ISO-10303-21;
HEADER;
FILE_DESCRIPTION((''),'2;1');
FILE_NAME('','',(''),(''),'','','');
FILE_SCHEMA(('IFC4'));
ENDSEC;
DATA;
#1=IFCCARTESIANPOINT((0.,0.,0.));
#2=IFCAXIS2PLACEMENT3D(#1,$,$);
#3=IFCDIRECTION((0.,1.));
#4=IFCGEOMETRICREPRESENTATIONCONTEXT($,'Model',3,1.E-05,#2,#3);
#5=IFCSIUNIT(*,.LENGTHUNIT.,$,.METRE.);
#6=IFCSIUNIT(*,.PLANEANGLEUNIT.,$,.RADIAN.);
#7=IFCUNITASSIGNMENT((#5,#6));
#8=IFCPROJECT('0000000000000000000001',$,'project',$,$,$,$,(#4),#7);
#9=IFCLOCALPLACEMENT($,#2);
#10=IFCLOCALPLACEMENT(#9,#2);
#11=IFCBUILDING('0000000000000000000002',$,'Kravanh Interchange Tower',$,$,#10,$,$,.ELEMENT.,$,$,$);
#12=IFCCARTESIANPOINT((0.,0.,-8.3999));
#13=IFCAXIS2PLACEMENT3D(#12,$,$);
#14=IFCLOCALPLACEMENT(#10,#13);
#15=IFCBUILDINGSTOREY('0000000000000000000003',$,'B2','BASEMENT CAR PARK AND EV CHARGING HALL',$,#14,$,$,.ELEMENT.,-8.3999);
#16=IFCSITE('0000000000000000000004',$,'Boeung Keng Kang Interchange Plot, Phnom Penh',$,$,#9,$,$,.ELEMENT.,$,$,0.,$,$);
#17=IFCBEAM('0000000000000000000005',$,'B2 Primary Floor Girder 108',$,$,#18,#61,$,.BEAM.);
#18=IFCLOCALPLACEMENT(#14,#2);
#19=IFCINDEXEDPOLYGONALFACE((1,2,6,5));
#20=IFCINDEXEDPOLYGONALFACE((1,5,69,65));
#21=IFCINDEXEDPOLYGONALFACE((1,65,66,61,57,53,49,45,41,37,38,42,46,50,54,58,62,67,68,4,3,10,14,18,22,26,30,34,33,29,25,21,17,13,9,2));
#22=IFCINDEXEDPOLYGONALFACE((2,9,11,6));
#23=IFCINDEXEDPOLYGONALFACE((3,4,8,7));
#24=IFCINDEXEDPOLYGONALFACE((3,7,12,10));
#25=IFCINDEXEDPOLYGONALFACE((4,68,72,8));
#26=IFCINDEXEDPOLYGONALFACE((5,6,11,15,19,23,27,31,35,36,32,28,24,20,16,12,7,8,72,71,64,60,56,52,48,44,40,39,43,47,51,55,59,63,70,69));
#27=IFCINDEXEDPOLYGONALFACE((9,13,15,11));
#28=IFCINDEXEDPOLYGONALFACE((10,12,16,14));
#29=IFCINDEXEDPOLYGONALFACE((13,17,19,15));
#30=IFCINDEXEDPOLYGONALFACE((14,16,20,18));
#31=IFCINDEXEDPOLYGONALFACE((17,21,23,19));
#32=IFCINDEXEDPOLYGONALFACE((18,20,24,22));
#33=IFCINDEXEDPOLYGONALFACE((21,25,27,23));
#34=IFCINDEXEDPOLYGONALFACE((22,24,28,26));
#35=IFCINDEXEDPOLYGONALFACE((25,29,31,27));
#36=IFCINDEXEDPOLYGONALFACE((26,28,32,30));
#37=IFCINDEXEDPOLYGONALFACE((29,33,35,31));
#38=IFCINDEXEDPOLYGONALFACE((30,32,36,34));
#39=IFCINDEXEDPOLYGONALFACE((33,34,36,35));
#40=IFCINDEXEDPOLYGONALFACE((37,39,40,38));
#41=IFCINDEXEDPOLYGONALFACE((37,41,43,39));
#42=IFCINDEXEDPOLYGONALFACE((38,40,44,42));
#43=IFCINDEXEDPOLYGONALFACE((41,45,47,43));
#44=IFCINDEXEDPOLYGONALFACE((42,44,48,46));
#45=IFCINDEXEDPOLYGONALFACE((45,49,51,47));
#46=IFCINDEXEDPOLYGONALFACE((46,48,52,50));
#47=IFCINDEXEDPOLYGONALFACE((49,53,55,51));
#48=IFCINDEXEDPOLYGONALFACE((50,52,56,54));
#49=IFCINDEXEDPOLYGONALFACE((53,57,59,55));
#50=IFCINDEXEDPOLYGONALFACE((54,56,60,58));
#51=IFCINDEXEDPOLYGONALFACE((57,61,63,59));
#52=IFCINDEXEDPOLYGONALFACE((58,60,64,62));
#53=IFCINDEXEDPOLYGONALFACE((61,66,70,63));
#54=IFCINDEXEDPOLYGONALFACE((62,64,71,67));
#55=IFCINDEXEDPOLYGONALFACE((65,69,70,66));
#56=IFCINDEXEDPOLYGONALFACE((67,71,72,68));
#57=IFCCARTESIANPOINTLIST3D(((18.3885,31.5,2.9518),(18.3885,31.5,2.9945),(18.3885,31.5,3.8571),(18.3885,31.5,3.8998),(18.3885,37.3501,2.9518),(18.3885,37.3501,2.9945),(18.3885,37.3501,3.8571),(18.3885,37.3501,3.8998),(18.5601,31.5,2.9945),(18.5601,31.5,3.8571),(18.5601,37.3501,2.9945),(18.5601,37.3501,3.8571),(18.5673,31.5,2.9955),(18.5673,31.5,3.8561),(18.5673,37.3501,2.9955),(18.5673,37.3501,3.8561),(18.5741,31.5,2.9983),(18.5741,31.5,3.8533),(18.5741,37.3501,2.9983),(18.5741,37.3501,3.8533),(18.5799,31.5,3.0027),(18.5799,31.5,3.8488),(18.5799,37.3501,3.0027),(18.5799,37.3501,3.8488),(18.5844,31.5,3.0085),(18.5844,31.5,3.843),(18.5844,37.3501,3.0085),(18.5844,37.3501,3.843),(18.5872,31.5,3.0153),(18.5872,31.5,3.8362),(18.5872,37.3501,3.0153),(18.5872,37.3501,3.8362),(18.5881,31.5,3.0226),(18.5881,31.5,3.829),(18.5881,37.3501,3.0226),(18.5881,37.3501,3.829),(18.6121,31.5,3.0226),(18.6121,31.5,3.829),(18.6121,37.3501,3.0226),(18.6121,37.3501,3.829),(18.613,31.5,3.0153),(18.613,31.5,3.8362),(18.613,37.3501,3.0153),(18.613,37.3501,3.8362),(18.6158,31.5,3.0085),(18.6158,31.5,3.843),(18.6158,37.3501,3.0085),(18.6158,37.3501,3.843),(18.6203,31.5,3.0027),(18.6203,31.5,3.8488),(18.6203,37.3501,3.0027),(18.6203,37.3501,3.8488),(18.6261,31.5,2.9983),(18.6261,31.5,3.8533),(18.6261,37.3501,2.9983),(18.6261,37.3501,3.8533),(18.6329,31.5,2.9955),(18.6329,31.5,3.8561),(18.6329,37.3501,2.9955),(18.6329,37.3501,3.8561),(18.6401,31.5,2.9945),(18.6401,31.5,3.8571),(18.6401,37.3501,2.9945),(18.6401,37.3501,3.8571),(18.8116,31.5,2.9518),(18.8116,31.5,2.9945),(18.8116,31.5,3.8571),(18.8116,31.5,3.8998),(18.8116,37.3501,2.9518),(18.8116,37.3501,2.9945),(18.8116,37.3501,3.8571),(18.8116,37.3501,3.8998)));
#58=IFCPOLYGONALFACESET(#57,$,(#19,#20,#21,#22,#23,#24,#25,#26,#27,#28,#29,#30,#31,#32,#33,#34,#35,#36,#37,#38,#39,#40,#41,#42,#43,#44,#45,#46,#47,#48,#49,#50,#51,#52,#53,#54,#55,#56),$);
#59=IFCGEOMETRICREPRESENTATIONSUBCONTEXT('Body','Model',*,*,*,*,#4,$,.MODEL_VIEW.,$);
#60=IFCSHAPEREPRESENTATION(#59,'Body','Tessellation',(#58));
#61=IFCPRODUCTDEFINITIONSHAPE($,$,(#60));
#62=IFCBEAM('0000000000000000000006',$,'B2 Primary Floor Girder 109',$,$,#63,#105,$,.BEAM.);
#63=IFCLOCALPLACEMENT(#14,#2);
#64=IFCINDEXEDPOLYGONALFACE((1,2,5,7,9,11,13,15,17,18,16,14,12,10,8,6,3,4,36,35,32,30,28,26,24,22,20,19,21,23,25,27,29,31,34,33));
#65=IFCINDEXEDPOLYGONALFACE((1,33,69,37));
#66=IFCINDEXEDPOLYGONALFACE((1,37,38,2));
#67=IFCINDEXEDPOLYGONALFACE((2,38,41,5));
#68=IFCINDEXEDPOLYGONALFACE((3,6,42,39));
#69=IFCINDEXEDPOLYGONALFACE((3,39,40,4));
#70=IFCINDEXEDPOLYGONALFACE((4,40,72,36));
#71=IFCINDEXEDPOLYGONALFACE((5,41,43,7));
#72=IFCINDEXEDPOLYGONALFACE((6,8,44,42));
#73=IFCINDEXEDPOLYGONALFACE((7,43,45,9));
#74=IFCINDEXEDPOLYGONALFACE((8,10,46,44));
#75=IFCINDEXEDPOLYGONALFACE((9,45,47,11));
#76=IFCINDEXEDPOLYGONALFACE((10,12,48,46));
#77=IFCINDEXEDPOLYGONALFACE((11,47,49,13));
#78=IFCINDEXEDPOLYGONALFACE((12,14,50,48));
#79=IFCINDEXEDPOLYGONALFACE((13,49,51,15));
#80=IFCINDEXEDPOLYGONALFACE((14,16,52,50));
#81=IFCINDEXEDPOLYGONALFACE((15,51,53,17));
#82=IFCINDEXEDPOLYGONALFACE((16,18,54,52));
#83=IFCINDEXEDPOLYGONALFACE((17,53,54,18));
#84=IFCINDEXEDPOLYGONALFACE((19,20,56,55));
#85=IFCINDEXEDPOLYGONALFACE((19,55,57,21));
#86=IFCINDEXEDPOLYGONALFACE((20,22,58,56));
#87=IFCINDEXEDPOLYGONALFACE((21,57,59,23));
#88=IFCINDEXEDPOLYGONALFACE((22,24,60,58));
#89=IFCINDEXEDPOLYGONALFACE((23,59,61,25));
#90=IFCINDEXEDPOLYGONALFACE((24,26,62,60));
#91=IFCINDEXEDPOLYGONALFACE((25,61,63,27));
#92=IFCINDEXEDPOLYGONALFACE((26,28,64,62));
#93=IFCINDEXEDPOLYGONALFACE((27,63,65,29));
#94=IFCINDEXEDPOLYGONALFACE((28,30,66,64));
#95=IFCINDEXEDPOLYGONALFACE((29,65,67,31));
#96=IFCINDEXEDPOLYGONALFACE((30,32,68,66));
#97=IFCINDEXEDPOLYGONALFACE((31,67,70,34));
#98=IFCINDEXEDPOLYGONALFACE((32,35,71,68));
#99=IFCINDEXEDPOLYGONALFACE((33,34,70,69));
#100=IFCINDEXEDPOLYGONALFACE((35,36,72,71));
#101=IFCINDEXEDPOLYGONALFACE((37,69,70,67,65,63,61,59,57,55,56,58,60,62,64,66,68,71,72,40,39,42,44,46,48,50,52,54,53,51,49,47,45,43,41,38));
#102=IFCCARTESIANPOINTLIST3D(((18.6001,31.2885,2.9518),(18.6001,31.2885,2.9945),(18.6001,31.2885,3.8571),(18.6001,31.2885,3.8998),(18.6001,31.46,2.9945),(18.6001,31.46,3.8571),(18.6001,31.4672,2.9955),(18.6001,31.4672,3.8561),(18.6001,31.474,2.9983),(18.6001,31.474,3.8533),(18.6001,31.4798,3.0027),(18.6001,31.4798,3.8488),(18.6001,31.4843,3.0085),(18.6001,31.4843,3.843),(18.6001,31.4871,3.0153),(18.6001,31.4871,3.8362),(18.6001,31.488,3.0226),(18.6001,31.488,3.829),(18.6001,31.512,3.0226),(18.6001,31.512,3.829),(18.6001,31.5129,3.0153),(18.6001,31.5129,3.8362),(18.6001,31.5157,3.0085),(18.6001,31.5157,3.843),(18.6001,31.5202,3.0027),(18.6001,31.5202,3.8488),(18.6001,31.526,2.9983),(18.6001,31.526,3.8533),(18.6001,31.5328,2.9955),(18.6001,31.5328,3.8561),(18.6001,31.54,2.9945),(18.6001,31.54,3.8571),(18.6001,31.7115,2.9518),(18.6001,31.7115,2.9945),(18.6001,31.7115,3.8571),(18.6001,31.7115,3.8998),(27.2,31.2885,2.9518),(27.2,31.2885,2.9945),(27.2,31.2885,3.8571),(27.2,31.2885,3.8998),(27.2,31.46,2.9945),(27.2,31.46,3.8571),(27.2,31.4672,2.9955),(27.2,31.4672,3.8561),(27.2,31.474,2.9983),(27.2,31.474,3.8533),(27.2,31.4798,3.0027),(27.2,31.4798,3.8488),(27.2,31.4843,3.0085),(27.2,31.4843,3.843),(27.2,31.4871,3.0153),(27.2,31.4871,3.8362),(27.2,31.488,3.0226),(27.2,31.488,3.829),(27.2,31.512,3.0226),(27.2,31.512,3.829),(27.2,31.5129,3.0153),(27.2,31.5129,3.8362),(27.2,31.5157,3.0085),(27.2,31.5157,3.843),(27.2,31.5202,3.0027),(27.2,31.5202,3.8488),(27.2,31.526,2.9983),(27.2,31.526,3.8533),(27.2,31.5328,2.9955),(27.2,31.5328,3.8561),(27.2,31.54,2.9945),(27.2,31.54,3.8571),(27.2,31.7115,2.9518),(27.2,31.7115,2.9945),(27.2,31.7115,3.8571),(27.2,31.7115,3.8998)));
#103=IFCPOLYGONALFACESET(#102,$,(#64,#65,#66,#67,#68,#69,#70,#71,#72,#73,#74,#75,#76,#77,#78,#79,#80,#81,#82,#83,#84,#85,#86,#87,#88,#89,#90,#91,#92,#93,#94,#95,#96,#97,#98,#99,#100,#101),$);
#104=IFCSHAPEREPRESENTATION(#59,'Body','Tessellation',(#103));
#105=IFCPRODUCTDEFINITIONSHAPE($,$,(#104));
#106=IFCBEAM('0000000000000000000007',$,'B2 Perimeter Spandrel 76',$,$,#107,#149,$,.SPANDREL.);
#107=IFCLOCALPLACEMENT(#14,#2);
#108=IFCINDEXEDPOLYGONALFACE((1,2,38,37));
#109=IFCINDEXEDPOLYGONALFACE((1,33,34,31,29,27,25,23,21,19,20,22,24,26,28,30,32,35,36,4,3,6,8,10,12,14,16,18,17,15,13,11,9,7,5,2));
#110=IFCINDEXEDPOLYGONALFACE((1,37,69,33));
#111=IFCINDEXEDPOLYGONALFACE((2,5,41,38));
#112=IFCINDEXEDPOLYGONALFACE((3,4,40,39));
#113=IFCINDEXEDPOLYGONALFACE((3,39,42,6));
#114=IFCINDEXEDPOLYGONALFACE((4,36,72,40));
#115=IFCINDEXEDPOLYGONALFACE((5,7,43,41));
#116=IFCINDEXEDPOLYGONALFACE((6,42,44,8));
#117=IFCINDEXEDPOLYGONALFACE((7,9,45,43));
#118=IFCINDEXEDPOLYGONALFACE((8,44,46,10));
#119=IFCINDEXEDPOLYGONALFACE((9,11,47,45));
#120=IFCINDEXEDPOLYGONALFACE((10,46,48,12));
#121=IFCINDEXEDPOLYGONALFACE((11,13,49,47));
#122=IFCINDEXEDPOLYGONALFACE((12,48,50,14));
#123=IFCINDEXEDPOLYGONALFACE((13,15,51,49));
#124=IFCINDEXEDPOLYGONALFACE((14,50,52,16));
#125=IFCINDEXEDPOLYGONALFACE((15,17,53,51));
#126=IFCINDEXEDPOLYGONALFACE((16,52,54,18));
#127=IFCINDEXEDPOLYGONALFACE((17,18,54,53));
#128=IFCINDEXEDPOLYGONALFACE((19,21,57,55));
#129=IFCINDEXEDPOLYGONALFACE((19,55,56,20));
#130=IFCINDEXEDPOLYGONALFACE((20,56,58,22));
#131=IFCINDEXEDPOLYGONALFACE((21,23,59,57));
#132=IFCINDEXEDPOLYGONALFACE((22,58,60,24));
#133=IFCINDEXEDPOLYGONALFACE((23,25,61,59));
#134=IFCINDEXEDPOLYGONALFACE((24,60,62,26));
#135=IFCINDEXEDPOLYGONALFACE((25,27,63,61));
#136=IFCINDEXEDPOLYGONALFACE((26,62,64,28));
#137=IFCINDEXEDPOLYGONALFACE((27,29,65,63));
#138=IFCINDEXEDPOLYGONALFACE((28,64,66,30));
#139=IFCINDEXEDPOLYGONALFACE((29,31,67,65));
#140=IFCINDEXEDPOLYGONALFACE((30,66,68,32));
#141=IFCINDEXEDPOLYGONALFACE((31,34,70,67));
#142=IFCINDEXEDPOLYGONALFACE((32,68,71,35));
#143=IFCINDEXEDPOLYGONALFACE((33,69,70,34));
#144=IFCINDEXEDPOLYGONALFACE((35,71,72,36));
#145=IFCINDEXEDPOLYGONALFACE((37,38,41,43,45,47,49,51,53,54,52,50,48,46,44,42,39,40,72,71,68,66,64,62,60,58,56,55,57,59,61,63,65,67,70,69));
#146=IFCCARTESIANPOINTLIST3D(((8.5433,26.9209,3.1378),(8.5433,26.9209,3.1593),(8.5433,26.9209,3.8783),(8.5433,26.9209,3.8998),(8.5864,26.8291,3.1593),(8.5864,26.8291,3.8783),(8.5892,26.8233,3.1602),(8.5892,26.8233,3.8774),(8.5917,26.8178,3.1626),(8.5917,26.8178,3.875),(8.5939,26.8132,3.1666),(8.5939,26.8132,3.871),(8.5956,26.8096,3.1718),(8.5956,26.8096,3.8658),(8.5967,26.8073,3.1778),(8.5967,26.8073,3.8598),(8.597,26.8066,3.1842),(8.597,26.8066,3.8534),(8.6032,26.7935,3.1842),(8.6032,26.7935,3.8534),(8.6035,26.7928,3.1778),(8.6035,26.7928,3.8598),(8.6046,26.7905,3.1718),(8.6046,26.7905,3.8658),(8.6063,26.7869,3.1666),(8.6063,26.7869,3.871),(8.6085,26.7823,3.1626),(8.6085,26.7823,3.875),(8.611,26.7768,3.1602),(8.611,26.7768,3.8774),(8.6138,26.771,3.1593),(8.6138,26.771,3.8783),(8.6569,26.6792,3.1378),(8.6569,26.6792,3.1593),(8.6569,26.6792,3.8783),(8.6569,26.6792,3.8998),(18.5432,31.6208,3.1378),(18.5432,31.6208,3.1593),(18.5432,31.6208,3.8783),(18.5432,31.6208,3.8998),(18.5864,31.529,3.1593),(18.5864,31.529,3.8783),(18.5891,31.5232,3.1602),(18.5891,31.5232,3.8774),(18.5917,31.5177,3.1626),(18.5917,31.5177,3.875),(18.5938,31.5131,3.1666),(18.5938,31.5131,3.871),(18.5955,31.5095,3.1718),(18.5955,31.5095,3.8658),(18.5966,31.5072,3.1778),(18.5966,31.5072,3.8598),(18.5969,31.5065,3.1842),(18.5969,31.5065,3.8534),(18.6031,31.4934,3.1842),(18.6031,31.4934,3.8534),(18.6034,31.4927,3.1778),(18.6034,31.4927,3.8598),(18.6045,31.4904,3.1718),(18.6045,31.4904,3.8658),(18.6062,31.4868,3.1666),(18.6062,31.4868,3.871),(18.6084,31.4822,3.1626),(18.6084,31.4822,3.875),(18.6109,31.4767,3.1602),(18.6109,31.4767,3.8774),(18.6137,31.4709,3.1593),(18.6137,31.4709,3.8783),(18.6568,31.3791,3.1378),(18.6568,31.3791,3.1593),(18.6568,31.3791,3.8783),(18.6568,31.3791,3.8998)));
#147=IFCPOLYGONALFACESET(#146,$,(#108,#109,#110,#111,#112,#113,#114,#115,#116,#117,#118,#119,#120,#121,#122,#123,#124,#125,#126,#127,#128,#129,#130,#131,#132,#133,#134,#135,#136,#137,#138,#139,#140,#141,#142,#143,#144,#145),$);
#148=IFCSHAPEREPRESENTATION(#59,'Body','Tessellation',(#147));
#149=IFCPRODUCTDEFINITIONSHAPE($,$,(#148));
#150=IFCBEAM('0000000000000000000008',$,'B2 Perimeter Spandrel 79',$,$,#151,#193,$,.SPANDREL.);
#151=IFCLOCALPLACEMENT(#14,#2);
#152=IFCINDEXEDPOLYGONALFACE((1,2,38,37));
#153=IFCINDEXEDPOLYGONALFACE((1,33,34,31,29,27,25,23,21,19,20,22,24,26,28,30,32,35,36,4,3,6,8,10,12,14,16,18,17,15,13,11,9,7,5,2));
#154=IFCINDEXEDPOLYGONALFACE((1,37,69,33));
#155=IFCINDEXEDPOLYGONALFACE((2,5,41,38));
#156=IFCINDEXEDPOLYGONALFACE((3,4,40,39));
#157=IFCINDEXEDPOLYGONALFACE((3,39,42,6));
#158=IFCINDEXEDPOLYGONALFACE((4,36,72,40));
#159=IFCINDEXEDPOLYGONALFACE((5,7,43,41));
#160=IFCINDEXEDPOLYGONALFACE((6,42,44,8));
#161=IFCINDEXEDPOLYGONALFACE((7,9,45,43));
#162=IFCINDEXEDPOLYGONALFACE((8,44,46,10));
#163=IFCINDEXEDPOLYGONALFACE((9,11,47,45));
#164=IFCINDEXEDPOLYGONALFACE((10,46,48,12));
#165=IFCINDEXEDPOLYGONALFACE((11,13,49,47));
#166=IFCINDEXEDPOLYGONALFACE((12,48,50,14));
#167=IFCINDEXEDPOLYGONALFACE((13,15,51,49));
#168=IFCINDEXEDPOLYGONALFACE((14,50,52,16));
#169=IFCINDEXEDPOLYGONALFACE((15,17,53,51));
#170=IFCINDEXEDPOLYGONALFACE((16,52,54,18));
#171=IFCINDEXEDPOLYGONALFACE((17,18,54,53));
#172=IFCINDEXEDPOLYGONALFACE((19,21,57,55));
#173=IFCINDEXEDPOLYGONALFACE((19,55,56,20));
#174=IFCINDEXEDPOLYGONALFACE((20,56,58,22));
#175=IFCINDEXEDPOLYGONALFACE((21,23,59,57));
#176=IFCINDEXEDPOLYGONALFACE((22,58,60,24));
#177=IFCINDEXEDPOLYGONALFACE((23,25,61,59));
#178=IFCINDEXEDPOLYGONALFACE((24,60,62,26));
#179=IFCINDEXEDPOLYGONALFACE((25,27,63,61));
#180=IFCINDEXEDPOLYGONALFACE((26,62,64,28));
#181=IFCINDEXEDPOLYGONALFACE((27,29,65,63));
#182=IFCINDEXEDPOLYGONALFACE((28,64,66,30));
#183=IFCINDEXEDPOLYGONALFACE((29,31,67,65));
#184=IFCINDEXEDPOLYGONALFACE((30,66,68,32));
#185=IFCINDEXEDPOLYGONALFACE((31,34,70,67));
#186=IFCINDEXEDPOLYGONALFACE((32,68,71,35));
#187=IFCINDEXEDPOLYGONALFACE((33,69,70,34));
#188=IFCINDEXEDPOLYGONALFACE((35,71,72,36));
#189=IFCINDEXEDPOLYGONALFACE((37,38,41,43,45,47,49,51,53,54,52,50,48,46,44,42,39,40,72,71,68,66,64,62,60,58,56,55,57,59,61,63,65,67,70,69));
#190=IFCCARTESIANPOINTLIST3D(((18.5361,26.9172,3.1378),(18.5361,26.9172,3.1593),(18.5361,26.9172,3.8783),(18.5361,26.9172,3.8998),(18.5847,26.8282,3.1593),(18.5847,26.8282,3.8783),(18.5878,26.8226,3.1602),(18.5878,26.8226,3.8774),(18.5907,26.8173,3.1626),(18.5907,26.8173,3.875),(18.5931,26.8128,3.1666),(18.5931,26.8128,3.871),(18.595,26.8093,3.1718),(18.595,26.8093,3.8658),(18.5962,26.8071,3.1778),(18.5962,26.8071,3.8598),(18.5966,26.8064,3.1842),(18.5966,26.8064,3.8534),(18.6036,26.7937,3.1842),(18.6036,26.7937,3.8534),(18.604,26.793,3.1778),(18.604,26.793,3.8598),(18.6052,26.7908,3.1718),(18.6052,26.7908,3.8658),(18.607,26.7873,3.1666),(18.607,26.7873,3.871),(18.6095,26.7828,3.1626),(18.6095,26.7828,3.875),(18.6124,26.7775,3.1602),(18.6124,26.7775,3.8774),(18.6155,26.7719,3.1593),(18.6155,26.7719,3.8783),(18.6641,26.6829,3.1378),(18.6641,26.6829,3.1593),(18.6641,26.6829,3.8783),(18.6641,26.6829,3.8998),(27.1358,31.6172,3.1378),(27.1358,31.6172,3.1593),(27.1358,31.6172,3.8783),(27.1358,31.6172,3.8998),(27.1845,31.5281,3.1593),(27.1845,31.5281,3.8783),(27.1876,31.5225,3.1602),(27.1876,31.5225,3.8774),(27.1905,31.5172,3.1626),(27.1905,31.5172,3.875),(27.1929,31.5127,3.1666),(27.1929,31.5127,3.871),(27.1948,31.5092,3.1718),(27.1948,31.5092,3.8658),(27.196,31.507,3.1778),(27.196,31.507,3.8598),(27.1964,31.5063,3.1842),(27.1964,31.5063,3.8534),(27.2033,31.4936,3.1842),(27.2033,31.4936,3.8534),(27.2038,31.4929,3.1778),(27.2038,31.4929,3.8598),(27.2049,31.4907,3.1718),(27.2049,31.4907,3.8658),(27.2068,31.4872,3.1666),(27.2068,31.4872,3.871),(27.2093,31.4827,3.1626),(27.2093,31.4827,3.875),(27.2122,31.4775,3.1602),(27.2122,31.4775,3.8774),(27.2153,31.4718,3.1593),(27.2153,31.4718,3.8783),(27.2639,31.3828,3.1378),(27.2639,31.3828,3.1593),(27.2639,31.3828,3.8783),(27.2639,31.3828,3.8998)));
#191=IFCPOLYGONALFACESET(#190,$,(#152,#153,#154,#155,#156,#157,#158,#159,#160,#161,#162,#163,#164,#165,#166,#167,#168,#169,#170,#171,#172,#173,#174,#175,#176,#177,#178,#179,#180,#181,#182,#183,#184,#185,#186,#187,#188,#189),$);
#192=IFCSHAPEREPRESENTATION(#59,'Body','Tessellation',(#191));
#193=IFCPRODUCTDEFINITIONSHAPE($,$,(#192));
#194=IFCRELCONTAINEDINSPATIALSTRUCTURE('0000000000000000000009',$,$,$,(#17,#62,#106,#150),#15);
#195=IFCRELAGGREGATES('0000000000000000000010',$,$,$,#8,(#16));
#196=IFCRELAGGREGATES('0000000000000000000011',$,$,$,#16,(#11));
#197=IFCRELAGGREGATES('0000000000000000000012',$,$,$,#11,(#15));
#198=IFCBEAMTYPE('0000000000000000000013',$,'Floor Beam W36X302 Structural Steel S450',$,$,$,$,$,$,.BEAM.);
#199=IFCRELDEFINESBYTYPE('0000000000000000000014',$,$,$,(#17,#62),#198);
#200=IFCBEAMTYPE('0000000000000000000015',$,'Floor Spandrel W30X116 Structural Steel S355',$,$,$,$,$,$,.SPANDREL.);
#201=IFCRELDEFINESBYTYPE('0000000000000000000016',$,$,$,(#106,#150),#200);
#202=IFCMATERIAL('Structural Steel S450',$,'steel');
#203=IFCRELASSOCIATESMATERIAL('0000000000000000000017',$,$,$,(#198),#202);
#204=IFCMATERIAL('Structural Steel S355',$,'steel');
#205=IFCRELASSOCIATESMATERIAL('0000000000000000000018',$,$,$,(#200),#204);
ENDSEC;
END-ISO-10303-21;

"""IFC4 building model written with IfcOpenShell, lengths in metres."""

from ifc_helpers import new_model, si_unit, direction, frame, origin, origin_2d, place, context, subcontext, project, spatial, i_section, extrude, material, material_profile, profile_set, type_object, element, save


model = new_model("IFC4")

# Units and contexts
model_context = context("Model", 3, precision=1e-05, world=origin(), true_north=direction((0.0, 1.0)))
body_context = subcontext(model_context, "Body", "Model", "MODEL_VIEW")
ifc_project = project(units=[si_unit("LENGTHUNIT", "METRE"), si_unit("PLANEANGLEUNIT", "RADIAN")], contexts=[model_context])

# Site, building, storey
site_placement = place(None, origin())
site = spatial("IfcSite", under=ifc_project, at=site_placement, Name="Boeung Keng Kang Interchange Plot, Phnom Penh", CompositionType="ELEMENT", RefElevation=0.0)
building_placement = place(site_placement, origin())
building = spatial("IfcBuilding", under=site, at=building_placement, Name="Kravanh Interchange Tower", CompositionType="ELEMENT")
storey_placement = place(building_placement, frame((0.0, 0.0, -8.3999)))
storey = spatial("IfcBuildingStorey", under=building, at=storey_placement, Name="B2", Description="BASEMENT CAR PARK AND EV CHARGING HALL", CompositionType="ELEMENT", Elevation=-8.3999)

# Beams
ifc_material_1 = material(Name="Structural Steel S450", Category="steel")
ifc_material_profile_1 = material_profile(ifc_material_1, i_section(OverallWidth=0.4231, OverallDepth=0.948, WebThickness=0.0239, FlangeThickness=0.0427, FilletRadius=0.0281, at=origin_2d()), Name="W36X302")
ifc_profile_set_1 = profile_set([ifc_material_profile_1], Name="Structural Steel S450")
beam_type_1 = type_object("IfcBeamType", Name="Floor Beam W36X302 Structural Steel S450", PredefinedType="BEAM", material=ifc_profile_set_1)
beam_1_placement = place(storey_placement, frame((18.6001, 31.5, 3.4258), z_axis=(0.0, 1.0, 0.0), x_axis=(-1.0, 0.0, 0.0)))
element("IfcBeam", 1, at=beam_1_placement, inside=storey, type_object=beam_type_1, Name="B2 Primary Floor Girder 108", PredefinedType="BEAM", context=body_context, shape_type="SweptSolid", body=[
    extrude(i_section(OverallWidth=0.4231, OverallDepth=0.948, WebThickness=0.0239, FlangeThickness=0.0427, FilletRadius=0.0281, at=origin_2d()), origin(), (0.0, 0.0, 1.0), 5.8501),
])
beam_2_placement = place(storey_placement, frame((18.6001, 31.5, 3.4258), z_axis=(1.0, 0.0, 0.0), x_axis=(0.0, 1.0, 0.0)))
element("IfcBeam", 2, at=beam_2_placement, inside=storey, type_object=beam_type_1, Name="B2 Primary Floor Girder 109", PredefinedType="BEAM", context=body_context, shape_type="SweptSolid", body=[
    extrude(i_section(OverallWidth=0.4231, OverallDepth=0.948, WebThickness=0.0239, FlangeThickness=0.0427, FilletRadius=0.0281, at=origin_2d()), origin(), (0.0, 0.0, 1.0), 8.5999),
])
ifc_material_2 = material(Name="Structural Steel S355", Category="steel")
ifc_material_profile_2 = material_profile(ifc_material_2, i_section(OverallWidth=0.2671, OverallDepth=0.762, WebThickness=0.0144, FlangeThickness=0.0215, FilletRadius=0.0249, at=origin_2d()), Name="W30X116")
ifc_profile_set_2 = profile_set([ifc_material_profile_2], Name="Structural Steel S355")
beam_type_2 = type_object("IfcBeamType", Name="Floor Spandrel W30X116 Structural Steel S355", PredefinedType="SPANDREL", material=ifc_profile_set_2)
beam_3_placement = place(storey_placement, frame((8.6001, 26.8, 3.5188), z_axis=(0.905025, 0.425358, 0.0), x_axis=(-0.425358, 0.905025, 0.0)))
element("IfcBeam", 3, at=beam_3_placement, inside=storey, type_object=beam_type_2, Name="B2 Perimeter Spandrel 76", PredefinedType="SPANDREL", context=body_context, shape_type="SweptSolid", body=[
    extrude(i_section(OverallWidth=0.2671, OverallDepth=0.762, WebThickness=0.0144, FlangeThickness=0.0215, FilletRadius=0.0249, at=origin_2d()), origin(), (0.0, 0.0, 1.0), 11.0493),
])
beam_4_placement = place(storey_placement, frame((18.6001, 26.8, 3.5188), z_axis=(0.877504, 0.479569, 0.0), x_axis=(-0.479569, 0.877504, 0.0)))
element("IfcBeam", 4, at=beam_4_placement, inside=storey, type_object=beam_type_2, Name="B2 Perimeter Spandrel 79", PredefinedType="SPANDREL", context=body_context, shape_type="SweptSolid", body=[
    extrude(i_section(OverallWidth=0.2671, OverallDepth=0.762, WebThickness=0.0144, FlangeThickness=0.0215, FilletRadius=0.0249, at=origin_2d()), origin(), (0.0, 0.0, 1.0), 9.8003),
])

save(model, "model.ifc")
